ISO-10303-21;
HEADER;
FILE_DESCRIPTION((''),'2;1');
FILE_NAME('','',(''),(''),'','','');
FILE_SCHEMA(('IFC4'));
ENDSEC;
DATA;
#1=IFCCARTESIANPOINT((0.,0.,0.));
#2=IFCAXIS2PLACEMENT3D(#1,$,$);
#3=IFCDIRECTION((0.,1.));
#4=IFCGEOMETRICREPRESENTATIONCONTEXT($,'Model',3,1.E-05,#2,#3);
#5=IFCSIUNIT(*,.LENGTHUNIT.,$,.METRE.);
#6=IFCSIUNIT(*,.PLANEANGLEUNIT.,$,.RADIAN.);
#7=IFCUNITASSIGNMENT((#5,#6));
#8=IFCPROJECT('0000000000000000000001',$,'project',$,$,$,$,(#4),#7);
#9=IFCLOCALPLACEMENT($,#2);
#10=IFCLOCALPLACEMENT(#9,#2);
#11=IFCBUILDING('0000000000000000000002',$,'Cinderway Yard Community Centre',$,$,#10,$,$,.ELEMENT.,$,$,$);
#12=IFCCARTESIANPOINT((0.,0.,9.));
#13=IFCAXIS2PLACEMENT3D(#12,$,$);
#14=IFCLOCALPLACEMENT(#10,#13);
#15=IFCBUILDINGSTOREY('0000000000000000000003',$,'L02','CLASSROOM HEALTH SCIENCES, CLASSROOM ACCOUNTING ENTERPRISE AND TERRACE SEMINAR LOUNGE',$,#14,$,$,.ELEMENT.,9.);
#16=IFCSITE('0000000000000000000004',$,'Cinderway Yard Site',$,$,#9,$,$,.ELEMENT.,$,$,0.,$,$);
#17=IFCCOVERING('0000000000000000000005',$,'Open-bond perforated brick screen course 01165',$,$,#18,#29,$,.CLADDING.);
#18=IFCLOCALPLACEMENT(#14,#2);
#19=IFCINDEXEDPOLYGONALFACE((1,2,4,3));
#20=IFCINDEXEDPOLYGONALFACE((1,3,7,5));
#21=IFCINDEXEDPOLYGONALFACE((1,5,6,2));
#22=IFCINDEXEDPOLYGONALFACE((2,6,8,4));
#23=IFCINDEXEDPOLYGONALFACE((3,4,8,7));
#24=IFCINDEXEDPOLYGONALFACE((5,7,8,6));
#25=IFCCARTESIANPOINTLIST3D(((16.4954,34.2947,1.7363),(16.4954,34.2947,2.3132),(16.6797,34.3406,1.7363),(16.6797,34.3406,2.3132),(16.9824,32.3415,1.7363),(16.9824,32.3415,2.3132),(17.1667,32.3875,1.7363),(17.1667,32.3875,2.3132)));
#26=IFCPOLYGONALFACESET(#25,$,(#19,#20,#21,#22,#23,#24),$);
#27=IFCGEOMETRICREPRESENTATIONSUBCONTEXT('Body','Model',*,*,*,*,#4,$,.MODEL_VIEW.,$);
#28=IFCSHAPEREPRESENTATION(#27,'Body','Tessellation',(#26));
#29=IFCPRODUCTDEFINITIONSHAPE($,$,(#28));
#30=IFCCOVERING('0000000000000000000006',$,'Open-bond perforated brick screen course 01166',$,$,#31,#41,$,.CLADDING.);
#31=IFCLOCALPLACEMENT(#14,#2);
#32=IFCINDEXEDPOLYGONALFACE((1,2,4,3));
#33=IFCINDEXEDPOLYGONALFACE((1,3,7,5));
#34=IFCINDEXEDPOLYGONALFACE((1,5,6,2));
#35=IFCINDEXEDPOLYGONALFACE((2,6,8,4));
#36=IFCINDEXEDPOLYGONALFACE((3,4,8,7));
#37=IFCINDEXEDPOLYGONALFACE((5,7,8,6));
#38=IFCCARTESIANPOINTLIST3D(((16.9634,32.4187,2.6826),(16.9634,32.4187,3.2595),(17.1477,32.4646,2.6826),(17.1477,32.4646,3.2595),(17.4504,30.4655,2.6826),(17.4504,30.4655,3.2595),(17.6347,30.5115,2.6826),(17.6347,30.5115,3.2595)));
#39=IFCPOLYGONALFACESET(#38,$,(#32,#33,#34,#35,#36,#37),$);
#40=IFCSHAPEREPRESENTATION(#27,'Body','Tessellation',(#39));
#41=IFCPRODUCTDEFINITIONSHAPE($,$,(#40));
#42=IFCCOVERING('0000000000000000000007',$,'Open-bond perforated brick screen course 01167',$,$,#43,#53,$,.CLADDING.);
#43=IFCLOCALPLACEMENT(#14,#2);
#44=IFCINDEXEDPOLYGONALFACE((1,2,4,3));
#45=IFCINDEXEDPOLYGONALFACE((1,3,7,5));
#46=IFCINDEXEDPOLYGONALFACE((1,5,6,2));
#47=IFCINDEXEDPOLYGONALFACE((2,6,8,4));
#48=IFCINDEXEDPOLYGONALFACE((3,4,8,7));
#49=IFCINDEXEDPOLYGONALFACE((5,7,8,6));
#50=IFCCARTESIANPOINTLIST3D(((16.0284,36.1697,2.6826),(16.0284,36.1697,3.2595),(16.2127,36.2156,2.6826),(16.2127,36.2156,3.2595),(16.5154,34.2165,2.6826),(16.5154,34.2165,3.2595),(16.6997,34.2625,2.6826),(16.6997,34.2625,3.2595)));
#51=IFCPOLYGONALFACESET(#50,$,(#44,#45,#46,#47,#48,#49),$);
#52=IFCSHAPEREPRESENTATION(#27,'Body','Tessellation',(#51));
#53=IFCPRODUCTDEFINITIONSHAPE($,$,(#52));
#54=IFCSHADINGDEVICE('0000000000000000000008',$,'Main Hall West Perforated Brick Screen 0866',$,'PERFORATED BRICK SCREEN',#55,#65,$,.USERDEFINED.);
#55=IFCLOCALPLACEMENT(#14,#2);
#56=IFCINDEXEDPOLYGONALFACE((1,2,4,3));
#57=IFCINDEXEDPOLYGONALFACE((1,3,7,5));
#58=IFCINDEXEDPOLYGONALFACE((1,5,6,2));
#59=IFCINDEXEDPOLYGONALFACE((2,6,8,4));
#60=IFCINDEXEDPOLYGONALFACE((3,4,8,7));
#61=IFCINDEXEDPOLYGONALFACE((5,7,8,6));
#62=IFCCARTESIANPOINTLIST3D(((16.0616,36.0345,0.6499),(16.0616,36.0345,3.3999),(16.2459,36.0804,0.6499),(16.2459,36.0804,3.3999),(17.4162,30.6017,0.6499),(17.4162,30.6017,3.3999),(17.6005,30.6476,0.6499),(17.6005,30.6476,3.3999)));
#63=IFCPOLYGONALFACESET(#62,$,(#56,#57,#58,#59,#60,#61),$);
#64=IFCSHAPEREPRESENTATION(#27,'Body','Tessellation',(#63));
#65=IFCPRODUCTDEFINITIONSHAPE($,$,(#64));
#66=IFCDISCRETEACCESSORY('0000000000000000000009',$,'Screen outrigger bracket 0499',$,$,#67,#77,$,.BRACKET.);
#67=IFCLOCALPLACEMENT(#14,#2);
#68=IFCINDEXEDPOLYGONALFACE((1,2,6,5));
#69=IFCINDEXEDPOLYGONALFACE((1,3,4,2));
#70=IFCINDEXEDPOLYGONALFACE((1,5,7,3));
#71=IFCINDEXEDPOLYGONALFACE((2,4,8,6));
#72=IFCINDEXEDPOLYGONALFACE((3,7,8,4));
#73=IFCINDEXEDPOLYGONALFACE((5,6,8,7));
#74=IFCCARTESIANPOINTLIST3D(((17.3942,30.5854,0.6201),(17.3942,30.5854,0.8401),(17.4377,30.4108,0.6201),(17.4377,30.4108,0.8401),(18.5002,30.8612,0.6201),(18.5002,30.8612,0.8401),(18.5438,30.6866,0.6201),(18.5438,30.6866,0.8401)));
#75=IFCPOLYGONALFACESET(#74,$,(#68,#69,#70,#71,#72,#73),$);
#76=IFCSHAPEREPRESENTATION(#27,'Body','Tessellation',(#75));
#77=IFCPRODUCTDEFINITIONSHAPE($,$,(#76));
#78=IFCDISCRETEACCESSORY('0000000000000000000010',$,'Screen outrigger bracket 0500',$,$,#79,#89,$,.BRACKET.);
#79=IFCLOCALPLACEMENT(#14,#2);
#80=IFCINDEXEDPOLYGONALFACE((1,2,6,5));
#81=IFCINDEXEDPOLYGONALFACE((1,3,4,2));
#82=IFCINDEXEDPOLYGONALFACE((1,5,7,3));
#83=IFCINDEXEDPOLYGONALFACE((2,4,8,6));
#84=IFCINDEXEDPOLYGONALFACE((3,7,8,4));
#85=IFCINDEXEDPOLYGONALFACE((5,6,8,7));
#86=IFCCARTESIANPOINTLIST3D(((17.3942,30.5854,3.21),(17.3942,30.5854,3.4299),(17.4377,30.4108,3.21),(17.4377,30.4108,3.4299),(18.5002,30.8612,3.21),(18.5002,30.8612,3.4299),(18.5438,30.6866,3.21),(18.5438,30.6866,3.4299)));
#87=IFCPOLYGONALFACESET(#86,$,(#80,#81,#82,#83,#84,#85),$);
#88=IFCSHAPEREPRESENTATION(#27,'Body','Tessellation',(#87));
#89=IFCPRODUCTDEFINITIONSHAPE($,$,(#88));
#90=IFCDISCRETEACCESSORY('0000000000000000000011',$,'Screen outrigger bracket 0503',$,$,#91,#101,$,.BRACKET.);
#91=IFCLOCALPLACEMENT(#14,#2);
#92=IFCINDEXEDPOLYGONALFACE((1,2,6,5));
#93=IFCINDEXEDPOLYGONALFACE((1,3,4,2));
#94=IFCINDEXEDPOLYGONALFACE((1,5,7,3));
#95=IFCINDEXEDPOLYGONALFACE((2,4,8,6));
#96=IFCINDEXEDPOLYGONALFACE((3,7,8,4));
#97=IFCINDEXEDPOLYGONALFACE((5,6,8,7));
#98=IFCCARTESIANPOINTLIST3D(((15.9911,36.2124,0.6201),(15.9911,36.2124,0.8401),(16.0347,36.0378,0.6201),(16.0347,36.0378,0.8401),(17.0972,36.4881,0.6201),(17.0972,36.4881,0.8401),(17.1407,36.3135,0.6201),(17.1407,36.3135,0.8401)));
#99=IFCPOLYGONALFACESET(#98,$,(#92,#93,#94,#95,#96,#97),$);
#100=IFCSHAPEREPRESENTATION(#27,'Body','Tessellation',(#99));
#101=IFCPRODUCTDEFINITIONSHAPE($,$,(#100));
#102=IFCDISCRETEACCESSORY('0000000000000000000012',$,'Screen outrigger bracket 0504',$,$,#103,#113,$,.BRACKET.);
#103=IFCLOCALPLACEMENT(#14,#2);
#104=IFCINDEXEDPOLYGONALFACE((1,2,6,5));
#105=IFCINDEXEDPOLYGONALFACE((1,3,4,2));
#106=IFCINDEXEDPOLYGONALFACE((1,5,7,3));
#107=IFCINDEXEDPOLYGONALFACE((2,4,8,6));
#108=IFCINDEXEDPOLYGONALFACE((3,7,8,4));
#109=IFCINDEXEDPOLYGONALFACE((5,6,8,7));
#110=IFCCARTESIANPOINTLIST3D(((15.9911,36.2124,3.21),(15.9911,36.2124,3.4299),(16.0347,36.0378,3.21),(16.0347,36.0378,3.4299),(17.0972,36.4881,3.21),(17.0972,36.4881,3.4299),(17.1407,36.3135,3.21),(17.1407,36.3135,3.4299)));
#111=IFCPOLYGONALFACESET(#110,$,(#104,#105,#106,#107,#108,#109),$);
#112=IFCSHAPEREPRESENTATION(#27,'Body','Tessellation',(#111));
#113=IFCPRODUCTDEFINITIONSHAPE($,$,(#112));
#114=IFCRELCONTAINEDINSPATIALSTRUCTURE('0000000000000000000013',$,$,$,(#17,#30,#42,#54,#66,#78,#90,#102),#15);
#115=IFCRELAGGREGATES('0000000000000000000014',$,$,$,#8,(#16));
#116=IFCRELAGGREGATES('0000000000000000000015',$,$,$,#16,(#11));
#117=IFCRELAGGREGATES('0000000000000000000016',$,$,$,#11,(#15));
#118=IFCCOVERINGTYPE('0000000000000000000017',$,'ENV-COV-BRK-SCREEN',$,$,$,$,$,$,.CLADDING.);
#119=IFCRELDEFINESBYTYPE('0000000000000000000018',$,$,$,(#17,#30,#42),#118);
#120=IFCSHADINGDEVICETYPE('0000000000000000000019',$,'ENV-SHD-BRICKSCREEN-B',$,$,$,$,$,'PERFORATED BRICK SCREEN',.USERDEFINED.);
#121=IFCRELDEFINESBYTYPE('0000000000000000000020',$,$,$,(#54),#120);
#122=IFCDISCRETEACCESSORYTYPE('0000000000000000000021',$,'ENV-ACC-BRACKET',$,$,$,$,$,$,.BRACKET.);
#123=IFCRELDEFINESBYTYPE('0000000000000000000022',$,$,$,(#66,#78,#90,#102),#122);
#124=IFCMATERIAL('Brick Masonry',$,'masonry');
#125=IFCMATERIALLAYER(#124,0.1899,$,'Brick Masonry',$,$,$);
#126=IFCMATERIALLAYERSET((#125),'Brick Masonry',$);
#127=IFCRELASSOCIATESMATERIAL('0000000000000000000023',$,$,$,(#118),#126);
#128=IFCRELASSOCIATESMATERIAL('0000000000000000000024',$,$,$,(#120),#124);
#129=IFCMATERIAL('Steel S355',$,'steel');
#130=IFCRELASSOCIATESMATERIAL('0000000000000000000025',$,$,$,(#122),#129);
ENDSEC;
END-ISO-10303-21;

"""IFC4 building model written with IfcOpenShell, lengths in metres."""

from ifc_helpers import new_model, si_unit, direction, frame, origin, origin_2d, place, context, subcontext, project, spatial, rectangle, extrude, material, layer, layer_set, type_object, element, save


model = new_model("IFC4")

# Units and contexts
model_context = context("Model", 3, precision=1e-05, world=origin(), true_north=direction((0.0, 1.0)))
body_context = subcontext(model_context, "Body", "Model", "MODEL_VIEW")
ifc_project = project(units=[si_unit("LENGTHUNIT", "METRE"), si_unit("PLANEANGLEUNIT", "RADIAN")], contexts=[model_context])

# Site, building, storey
site_placement = place(None, origin())
site = spatial("IfcSite", under=ifc_project, at=site_placement, Name="Cinderway Yard Site", CompositionType="ELEMENT", RefElevation=0.0)
building_placement = place(site_placement, origin())
building = spatial("IfcBuilding", under=site, at=building_placement, Name="Cinderway Yard Community Centre", CompositionType="ELEMENT")
storey_placement = place(building_placement, frame((0.0, 0.0, 9.0)))
storey = spatial("IfcBuildingStorey", under=building, at=storey_placement, Name="L02", Description="CLASSROOM HEALTH SCIENCES, CLASSROOM ACCOUNTING ENTERPRISE AND TERRACE SEMINAR LOUNGE", CompositionType="ELEMENT", Elevation=9.0)

# Shared definitions
ifc_material_1 = material(Name="Steel S355", Category="steel")

# Coverings
ifc_material_2 = material(Name="Brick Masonry", Category="masonry")
ifc_layer_1 = layer(ifc_material_2, 0.1899, Name="Brick Masonry")
ifc_layer_set_1 = layer_set([ifc_layer_1], Name="Brick Masonry")
covering_type = type_object("IfcCoveringType", Name="ENV-COV-BRK-SCREEN", PredefinedType="CLADDING", material=ifc_layer_set_1)
for number, where, z_axis, x_axis, name in (
    (1, (16.8311, 33.3411, 1.7363), (0.0, 0.0, 1.0), (-0.241922, 0.970296, 0.0), "Open-bond perforated brick screen course 01165"),
    (2, (17.2991, 31.4651, 2.6826), (0.0, 0.0, 1.0), (-0.241922, 0.970296, 0.0), "Open-bond perforated brick screen course 01166"),
    (3, (16.364, 35.2161, 2.6826), (0.0, 0.0, 1.0), (-0.241922, 0.970296, 0.0), "Open-bond perforated brick screen course 01167"),
):
    element("IfcCovering", number, at=place(storey_placement, frame(where, z_axis=z_axis, x_axis=x_axis)), inside=storey, type_object=covering_type, Name=name, PredefinedType="CLADDING", context=body_context, shape_type="SweptSolid", body=[
        extrude(rectangle(XDim=2.0129, YDim=0.1899, at=origin_2d()), origin(), (0.0, 0.0, 1.0), 0.5769),
    ])

# Shading device
shading_device_type = type_object("IfcShadingDeviceType", Name="ENV-SHD-BRICKSCREEN-B", ElementType="PERFORATED BRICK SCREEN", PredefinedType="USERDEFINED", material=ifc_material_2)
shading_device_placement = place(storey_placement, frame((16.8311, 33.3411, 0.6499), z_axis=(0.0, 0.0, 1.0), x_axis=(-0.241922, 0.970296, 0.0)))
element("IfcShadingDevice", 4, at=shading_device_placement, inside=storey, type_object=shading_device_type, Name="Main Hall West Perforated Brick Screen 0866", ObjectType="PERFORATED BRICK SCREEN", PredefinedType="USERDEFINED", context=body_context, shape_type="SweptSolid", body=[
    extrude(rectangle(XDim=5.5991, YDim=0.1899, at=origin_2d()), origin(), (0.0, 0.0, 1.0), 2.75),
])

# Discrete accessories
discrete_accessory_type = type_object("IfcDiscreteAccessoryType", Name="ENV-ACC-BRACKET", PredefinedType="BRACKET", material=ifc_material_1)
for number, where, z_axis, x_axis, name in (
    (5, (17.969, 30.636, 0.6201), (0.0, 0.0, 1.0), (-0.970296, -0.241922, 0.0), "Screen outrigger bracket 0499"),
    (6, (17.969, 30.636, 3.21), (0.0, 0.0, 1.0), (-0.970296, -0.241922, 0.0), "Screen outrigger bracket 0500"),
    (7, (16.5659, 36.2629, 0.6201), (0.0, 0.0, 1.0), (-0.970296, -0.241922, 0.0), "Screen outrigger bracket 0503"),
    (8, (16.5659, 36.2629, 3.21), (0.0, 0.0, 1.0), (-0.970296, -0.241922, 0.0), "Screen outrigger bracket 0504"),
):
    element("IfcDiscreteAccessory", number, at=place(storey_placement, frame(where, z_axis=z_axis, x_axis=x_axis)), inside=storey, type_object=discrete_accessory_type, Name=name, PredefinedType="BRACKET", context=body_context, shape_type="SweptSolid", body=[
        extrude(rectangle(XDim=1.1399, YDim=0.1799, at=origin_2d()), origin(), (0.0, 0.0, 1.0), 0.22),
    ])

save(model, "model.ifc")
